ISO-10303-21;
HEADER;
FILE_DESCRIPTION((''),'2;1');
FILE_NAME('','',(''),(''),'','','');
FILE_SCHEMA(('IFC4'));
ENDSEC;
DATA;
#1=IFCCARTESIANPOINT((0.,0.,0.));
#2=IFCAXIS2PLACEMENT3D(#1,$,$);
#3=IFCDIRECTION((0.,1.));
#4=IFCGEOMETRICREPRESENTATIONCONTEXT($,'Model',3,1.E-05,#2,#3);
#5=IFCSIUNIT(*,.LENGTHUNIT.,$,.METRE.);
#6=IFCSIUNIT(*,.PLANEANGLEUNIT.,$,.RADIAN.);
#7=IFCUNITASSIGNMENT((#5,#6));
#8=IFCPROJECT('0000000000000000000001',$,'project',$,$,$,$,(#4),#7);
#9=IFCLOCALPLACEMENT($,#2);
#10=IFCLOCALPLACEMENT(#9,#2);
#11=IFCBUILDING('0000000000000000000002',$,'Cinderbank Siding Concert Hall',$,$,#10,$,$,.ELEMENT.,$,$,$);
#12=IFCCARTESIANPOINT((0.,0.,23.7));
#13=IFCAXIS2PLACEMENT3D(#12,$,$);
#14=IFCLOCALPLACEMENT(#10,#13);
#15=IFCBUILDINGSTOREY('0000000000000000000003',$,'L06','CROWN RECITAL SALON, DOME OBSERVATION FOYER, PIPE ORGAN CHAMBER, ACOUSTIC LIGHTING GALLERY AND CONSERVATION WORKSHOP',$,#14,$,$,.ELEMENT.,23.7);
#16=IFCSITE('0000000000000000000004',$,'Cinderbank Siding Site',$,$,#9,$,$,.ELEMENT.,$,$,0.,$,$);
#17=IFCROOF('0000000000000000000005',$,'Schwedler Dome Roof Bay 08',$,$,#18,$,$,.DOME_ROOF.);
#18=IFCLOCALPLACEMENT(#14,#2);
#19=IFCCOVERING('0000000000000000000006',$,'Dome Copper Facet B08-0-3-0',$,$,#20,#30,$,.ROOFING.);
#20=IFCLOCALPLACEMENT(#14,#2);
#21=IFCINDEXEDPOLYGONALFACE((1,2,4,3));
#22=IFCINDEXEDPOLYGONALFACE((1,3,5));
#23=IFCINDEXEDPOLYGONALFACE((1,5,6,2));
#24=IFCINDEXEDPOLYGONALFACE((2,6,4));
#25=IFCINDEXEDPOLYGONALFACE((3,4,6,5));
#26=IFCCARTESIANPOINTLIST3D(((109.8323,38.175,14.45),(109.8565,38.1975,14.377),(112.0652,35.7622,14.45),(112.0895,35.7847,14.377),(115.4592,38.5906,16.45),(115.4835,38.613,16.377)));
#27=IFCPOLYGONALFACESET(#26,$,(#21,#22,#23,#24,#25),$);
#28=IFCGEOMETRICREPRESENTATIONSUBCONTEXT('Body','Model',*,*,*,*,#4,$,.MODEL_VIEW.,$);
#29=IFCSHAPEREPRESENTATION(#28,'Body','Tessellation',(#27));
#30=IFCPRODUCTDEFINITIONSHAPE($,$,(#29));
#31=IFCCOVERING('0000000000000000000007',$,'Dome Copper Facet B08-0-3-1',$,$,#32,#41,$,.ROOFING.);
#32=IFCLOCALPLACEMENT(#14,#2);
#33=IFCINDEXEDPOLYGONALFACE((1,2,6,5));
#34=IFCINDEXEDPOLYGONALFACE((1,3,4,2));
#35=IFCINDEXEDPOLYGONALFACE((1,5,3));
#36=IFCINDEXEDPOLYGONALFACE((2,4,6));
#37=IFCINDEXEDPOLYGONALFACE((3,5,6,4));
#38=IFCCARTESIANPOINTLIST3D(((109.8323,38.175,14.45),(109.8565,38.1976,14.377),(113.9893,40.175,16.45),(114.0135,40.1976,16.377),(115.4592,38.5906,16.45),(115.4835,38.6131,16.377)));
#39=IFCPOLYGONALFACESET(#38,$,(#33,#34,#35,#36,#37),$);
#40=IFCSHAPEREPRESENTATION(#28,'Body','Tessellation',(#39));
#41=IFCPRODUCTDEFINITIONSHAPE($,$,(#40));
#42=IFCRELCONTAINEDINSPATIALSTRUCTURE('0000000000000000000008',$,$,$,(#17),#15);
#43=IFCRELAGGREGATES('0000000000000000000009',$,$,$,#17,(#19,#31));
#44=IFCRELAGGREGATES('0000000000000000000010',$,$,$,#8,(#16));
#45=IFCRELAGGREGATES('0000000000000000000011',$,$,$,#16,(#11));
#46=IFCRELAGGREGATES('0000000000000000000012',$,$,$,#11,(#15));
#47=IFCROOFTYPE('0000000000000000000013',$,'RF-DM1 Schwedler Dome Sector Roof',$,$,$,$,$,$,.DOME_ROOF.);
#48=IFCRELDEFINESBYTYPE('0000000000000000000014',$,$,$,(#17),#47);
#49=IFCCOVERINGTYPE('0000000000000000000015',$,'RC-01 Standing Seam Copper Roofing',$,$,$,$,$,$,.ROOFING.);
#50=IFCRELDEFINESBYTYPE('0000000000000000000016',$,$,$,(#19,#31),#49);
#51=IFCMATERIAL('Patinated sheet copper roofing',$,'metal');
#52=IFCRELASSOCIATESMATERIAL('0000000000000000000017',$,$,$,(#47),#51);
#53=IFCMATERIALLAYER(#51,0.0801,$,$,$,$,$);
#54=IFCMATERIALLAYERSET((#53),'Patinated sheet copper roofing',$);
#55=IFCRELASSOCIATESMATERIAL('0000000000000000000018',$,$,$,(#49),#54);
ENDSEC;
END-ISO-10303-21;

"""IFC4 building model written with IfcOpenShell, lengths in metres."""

from ifc_helpers import new_model, si_unit, direction, frame, origin, place, context, subcontext, project, spatial, polyline, outline, extrude, material, layer, layer_set, type_object, element, aggregate, save


model = new_model("IFC4")

# Units and contexts
model_context = context("Model", 3, precision=1e-05, world=origin(), true_north=direction((0.0, 1.0)))
body_context = subcontext(model_context, "Body", "Model", "MODEL_VIEW")
ifc_project = project(units=[si_unit("LENGTHUNIT", "METRE"), si_unit("PLANEANGLEUNIT", "RADIAN")], contexts=[model_context])

# Site, building, storey
site_placement = place(None, origin())
site = spatial("IfcSite", under=ifc_project, at=site_placement, Name="Cinderbank Siding Site", CompositionType="ELEMENT", RefElevation=0.0)
building_placement = place(site_placement, origin())
building = spatial("IfcBuilding", under=site, at=building_placement, Name="Cinderbank Siding Concert Hall", CompositionType="ELEMENT")
storey_placement = place(building_placement, frame((0.0, 0.0, 23.7)))
storey = spatial("IfcBuildingStorey", under=building, at=storey_placement, Name="L06", Description="CROWN RECITAL SALON, DOME OBSERVATION FOYER, PIPE ORGAN CHAMBER, ACOUSTIC LIGHTING GALLERY AND CONSERVATION WORKSHOP", CompositionType="ELEMENT", Elevation=23.7)

# Roof, coverings
ifc_material_1 = material(Name="Patinated sheet copper roofing", Category="metal")
roof_type = type_object("IfcRoofType", Name="RF-DM1 Schwedler Dome Sector Roof", PredefinedType="DOME_ROOF", material=ifc_material_1)
ifc_layer_1 = layer(ifc_material_1, 0.0801)
ifc_layer_set_1 = layer_set([ifc_layer_1], Name="Patinated sheet copper roofing")
covering_type = type_object("IfcCoveringType", Name="RC-01 Standing Seam Copper Roofing", PredefinedType="ROOFING", material=ifc_layer_set_1)
roof_1_placement = place(storey_placement, origin())
roof_1 = element("IfcRoof", 1, at=roof_1_placement, inside=storey, type_object=roof_type, Name="Schwedler Dome Roof Bay 08", PredefinedType="DOME_ROOF")
covering_1_placement = place(storey_placement, frame((109.8323, 38.175, 14.45), z_axis=(-0.303017, -0.280421, 0.910793), x_axis=(0.679211, -0.733943, 0.0)))
covering_1 = element("IfcCovering", 2, at=covering_1_placement, type_object=covering_type, Name="Dome Copper Facet B08-0-3-0", PredefinedType="ROOFING", context=body_context, shape_type="SweptSolid", body=[
    extrude(outline(polyline([(0.0, 0.0), (3.2875, 0.0), (3.5169, 4.8442), (0.0, 0.0)])), origin(), (0.0, 0.0, -1.0), 0.0801),
])
covering_2_placement = place(storey_placement, frame((109.8323, 38.175, 14.45), z_axis=(-0.302918, -0.281027, 0.91064), x_axis=(0.939979, 0.069414, 0.334099)))
covering_2 = element("IfcCovering", 3, at=covering_2_placement, type_object=covering_type, Name="Dome Copper Facet B08-0-3-1", PredefinedType="ROOFING", context=body_context, shape_type="SweptSolid", body=[
    extrude(outline(polyline([(0.0, 0.0), (5.9863, 0.0), (4.7145, 1.7476), (0.0, 0.0)])), origin(), (0.0, 0.0, -1.0), 0.0801),
])
aggregate(roof_1, [covering_1, covering_2])

save(model, "model.ifc")
